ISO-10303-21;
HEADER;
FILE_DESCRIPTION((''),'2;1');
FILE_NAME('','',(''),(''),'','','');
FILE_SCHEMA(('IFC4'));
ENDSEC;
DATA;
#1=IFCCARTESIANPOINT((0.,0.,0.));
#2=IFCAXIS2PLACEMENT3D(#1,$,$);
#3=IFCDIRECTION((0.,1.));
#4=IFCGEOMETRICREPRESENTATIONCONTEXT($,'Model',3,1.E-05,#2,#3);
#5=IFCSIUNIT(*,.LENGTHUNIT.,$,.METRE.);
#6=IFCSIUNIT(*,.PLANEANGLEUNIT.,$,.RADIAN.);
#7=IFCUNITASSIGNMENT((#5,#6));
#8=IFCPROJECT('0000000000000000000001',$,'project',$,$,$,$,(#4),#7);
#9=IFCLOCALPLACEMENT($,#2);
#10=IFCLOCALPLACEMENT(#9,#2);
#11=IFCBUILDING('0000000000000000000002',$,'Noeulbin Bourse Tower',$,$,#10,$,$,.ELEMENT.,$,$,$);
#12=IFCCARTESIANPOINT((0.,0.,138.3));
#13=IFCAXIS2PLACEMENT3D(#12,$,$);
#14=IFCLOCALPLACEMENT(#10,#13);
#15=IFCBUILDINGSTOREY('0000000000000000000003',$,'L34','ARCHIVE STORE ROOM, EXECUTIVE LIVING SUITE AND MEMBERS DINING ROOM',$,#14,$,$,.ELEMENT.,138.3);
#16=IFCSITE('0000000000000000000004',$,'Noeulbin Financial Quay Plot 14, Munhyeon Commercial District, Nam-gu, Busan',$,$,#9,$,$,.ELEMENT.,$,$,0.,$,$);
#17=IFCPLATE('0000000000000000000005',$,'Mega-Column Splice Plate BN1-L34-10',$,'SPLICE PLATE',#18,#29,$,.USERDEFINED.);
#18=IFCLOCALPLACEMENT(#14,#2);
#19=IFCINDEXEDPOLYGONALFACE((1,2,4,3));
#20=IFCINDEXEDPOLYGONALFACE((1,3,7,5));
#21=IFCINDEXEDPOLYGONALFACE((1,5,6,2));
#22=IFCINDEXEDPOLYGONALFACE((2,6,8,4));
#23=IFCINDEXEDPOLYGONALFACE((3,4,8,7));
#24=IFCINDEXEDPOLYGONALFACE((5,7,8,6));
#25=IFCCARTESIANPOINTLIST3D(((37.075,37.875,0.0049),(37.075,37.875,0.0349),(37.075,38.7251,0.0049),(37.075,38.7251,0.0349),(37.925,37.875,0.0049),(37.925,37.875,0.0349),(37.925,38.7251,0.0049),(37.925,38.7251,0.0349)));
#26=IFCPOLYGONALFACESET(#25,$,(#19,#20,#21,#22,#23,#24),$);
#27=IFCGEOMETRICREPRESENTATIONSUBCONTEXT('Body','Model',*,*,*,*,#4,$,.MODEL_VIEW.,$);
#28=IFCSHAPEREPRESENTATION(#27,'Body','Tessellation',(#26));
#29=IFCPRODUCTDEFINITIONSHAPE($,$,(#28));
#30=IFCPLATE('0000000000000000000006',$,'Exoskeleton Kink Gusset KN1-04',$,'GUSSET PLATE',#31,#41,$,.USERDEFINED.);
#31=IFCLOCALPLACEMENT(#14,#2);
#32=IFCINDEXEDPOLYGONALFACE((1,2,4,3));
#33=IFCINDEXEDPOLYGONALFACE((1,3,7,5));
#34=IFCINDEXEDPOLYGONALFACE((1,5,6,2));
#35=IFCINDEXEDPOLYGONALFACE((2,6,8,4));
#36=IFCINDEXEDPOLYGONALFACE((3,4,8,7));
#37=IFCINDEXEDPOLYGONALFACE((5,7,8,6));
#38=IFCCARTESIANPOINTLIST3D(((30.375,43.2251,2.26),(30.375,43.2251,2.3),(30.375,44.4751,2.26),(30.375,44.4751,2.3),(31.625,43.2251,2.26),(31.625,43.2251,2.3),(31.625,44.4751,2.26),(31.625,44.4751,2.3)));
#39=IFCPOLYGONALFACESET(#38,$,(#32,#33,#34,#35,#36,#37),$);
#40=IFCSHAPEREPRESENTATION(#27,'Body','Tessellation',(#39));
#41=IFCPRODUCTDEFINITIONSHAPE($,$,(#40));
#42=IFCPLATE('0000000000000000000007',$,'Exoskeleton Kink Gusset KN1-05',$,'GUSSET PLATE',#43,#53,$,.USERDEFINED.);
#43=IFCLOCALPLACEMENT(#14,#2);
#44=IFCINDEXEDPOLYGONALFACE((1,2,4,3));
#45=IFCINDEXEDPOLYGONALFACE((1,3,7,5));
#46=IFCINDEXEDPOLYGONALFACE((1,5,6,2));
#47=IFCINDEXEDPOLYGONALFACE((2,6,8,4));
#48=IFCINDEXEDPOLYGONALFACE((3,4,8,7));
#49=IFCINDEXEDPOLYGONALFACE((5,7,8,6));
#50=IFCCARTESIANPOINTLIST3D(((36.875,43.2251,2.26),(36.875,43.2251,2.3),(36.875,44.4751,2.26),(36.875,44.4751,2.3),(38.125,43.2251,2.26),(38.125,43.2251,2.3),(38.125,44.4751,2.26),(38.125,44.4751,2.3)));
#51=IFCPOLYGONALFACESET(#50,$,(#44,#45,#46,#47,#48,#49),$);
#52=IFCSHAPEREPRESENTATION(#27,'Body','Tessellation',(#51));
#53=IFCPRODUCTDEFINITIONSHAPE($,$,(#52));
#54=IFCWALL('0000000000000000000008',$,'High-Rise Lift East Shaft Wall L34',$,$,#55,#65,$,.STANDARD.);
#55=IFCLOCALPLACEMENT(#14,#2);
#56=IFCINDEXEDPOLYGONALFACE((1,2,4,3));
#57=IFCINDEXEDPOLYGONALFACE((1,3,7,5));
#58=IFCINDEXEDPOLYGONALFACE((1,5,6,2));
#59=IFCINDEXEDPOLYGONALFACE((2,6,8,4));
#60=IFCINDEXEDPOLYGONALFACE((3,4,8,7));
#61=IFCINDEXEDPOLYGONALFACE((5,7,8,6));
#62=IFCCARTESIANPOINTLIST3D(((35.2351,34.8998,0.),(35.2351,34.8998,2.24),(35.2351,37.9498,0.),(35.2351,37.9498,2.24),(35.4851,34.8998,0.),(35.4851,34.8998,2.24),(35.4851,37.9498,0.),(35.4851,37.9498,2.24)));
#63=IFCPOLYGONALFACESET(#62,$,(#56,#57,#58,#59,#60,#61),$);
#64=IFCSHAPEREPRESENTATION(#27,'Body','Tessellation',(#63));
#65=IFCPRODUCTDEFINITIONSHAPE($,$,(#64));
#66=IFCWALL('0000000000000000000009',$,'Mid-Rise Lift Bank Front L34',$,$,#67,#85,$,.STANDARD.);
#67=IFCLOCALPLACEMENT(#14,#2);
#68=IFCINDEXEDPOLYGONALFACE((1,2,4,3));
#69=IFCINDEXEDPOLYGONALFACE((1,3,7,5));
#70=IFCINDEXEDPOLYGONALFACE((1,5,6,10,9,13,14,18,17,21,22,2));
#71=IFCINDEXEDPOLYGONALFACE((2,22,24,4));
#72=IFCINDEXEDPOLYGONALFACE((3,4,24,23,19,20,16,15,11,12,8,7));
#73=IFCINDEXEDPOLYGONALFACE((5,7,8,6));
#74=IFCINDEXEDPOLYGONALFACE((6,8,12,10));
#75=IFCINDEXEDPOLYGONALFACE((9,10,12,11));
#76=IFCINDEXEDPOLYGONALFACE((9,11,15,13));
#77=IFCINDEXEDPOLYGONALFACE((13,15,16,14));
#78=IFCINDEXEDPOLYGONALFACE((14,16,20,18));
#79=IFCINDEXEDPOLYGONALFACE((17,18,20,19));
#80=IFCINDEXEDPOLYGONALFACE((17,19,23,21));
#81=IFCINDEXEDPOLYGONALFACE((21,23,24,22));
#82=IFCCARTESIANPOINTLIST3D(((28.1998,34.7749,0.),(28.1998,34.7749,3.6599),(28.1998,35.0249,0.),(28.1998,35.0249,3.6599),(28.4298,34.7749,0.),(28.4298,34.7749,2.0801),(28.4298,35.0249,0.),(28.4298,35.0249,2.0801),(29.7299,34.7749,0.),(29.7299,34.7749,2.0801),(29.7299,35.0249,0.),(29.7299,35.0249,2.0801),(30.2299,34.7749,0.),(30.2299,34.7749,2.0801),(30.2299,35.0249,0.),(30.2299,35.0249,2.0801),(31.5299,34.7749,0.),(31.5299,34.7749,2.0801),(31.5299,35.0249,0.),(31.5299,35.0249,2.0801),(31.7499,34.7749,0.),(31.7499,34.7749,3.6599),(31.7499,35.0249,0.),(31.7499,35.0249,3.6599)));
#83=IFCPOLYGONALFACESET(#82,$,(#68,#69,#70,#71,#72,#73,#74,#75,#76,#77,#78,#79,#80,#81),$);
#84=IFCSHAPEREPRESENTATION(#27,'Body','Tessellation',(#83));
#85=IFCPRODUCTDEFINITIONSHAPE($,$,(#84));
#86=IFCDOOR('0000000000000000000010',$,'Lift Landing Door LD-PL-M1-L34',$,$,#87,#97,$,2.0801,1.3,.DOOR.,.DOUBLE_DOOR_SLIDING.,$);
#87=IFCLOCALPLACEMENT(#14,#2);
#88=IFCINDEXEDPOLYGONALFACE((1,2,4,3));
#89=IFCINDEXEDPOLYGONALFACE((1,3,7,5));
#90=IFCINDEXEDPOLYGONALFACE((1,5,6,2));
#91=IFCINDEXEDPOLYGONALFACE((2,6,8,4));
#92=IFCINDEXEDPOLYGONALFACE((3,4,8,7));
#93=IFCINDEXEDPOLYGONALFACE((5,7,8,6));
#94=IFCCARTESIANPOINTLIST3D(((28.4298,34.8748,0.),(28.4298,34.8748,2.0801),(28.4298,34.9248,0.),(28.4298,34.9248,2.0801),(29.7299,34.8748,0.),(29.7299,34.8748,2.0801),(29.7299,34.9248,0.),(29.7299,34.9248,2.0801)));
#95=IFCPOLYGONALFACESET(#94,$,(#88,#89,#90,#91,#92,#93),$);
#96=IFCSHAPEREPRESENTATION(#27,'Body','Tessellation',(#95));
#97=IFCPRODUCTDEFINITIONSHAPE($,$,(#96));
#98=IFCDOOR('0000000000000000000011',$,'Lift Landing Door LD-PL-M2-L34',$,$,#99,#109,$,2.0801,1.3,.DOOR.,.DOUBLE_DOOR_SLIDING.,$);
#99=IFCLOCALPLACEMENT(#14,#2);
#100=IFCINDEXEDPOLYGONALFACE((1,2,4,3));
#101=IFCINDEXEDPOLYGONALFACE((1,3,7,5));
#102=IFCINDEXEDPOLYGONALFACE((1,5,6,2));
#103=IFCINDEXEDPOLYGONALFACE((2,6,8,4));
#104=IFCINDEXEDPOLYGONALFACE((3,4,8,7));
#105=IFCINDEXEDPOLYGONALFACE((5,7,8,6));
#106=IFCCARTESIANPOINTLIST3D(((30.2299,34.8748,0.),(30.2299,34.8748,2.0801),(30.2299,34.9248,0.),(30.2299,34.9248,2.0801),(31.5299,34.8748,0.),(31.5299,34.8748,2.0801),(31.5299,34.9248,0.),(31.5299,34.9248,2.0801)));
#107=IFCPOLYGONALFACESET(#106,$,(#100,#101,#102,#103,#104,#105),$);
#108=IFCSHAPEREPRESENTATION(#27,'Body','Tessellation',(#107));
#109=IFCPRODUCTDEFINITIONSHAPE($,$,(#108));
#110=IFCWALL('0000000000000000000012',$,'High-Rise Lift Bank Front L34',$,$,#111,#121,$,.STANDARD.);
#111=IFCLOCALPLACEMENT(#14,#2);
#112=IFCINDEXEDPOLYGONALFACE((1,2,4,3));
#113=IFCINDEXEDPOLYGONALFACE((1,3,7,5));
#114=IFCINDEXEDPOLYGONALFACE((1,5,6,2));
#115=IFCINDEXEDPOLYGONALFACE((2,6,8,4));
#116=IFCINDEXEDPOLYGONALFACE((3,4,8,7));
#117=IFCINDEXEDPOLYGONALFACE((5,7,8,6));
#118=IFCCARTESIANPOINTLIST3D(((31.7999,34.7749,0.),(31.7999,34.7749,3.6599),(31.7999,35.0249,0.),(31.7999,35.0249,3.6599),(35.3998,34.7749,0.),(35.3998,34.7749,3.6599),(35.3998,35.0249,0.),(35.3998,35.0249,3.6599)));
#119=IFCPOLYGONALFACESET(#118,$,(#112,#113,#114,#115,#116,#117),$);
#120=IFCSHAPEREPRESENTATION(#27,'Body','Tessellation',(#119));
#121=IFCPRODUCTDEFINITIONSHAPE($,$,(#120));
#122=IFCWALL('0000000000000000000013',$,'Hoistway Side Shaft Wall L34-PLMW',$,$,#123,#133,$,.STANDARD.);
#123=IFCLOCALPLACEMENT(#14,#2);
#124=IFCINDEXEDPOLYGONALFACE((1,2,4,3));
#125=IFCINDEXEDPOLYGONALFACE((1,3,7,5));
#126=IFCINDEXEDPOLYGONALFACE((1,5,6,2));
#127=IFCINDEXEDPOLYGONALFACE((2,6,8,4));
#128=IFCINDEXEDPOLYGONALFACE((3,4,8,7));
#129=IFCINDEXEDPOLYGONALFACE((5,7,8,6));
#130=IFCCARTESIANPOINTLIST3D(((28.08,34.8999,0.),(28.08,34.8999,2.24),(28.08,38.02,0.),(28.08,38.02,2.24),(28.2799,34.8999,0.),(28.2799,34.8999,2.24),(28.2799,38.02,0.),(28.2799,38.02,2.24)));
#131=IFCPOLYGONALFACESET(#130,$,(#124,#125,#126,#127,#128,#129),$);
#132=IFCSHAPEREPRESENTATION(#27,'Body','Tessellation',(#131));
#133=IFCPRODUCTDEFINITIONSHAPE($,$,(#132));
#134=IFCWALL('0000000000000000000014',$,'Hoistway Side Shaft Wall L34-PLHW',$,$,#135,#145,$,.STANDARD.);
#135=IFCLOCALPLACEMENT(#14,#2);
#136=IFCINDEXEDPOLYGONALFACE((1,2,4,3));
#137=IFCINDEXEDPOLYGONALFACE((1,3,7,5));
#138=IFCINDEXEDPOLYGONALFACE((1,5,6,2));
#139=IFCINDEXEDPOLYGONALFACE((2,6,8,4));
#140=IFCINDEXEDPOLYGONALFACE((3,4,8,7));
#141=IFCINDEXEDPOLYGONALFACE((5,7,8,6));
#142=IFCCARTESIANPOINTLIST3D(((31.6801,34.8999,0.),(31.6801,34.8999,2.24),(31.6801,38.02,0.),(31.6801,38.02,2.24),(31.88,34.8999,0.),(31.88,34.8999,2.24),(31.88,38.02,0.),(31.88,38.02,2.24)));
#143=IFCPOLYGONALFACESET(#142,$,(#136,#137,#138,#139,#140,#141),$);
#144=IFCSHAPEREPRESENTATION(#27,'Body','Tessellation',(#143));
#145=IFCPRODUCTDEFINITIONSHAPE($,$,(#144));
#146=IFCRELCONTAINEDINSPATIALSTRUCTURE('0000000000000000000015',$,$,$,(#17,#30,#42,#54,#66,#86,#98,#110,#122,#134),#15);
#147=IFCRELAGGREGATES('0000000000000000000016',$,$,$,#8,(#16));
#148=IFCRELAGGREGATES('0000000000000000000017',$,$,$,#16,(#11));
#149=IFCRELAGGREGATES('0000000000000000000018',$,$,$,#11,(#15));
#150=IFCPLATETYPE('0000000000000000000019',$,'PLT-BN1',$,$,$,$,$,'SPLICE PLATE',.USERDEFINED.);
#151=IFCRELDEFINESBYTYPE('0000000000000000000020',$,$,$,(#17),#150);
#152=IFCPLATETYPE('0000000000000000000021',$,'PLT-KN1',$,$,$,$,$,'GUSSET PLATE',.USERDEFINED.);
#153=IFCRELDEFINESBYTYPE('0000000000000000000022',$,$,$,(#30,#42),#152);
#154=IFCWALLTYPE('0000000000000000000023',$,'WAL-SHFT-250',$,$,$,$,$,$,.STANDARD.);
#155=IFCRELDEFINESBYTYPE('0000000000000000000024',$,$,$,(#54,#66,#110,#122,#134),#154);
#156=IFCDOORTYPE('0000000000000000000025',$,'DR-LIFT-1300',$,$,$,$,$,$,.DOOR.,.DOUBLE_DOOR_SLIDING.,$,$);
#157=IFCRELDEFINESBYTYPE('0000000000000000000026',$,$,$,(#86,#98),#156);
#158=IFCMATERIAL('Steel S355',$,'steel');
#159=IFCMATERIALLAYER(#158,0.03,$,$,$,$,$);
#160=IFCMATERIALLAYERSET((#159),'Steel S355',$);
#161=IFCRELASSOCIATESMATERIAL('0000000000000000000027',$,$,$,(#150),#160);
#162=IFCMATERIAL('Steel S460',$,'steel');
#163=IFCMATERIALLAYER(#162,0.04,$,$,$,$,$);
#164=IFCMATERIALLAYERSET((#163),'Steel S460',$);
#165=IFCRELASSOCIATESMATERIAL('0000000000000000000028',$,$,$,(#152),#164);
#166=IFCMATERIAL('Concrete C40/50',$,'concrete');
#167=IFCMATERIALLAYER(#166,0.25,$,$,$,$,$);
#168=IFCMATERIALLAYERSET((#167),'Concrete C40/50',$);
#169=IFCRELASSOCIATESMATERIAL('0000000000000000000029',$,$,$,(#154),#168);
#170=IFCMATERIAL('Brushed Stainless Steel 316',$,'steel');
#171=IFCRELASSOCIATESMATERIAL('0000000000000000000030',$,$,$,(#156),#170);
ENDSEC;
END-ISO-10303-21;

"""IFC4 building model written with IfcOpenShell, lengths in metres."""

from ifc_helpers import new_model, si_unit, direction, frame, frame_2d, origin, origin_2d, place, context, subcontext, project, spatial, rectangle, extrude, material, layer, layer_set, type_object, element, fill, save


model = new_model("IFC4")

# Units and contexts
model_context = context("Model", 3, precision=1e-05, world=origin(), true_north=direction((0.0, 1.0)))
body_context = subcontext(model_context, "Body", "Model", "MODEL_VIEW")
ifc_project = project(units=[si_unit("LENGTHUNIT", "METRE"), si_unit("PLANEANGLEUNIT", "RADIAN")], contexts=[model_context])

# Site, building, storey
site_placement = place(None, origin())
site = spatial("IfcSite", under=ifc_project, at=site_placement, Name="Noeulbin Financial Quay Plot 14, Munhyeon Commercial District, Nam-gu, Busan", CompositionType="ELEMENT", RefElevation=0.0)
building_placement = place(site_placement, origin())
building = spatial("IfcBuilding", under=site, at=building_placement, Name="Noeulbin Bourse Tower", CompositionType="ELEMENT")
storey_placement = place(building_placement, frame((0.0, 0.0, 138.3)))
storey = spatial("IfcBuildingStorey", under=building, at=storey_placement, Name="L34", Description="ARCHIVE STORE ROOM, EXECUTIVE LIVING SUITE AND MEMBERS DINING ROOM", CompositionType="ELEMENT", Elevation=138.3)

# Shared definitions
ifc_material_1 = material(Name="Steel S355", Category="steel")
ifc_material_2 = material(Name="Steel S460", Category="steel")

# Plates
ifc_layer_1 = layer(ifc_material_1, 0.03)
ifc_layer_set_1 = layer_set([ifc_layer_1], Name="Steel S355")
plate_type_1 = type_object("IfcPlateType", Name="PLT-BN1", ElementType="SPLICE PLATE", PredefinedType="USERDEFINED", material=ifc_layer_set_1)
for number, where, z_axis, x_axis, name in (
    (1, (37.5, 38.3, 0.0049), (0.0, 0.0, 1.0), (1.0, 0.0, 0.0), "Mega-Column Splice Plate BN1-L34-10"),
):
    element("IfcPlate", number, at=place(storey_placement, frame(where, z_axis=z_axis, x_axis=x_axis)), inside=storey, type_object=plate_type_1, Name=name, ObjectType="SPLICE PLATE", PredefinedType="USERDEFINED", context=body_context, shape_type="SweptSolid", body=[
        extrude(rectangle(XDim=0.8501, YDim=0.8501, at=origin_2d()), origin(), (0.0, 0.0, 1.0), 0.03),
    ])
ifc_layer_2 = layer(ifc_material_2, 0.04)
ifc_layer_set_2 = layer_set([ifc_layer_2], Name="Steel S460")
plate_type_2 = type_object("IfcPlateType", Name="PLT-KN1", ElementType="GUSSET PLATE", PredefinedType="USERDEFINED", material=ifc_layer_set_2)
for number, where, z_axis, x_axis, name in (
    (2, (31.0, 43.8501, 2.26), (0.0, 0.0, 1.0), (1.0, 0.0, 0.0), "Exoskeleton Kink Gusset KN1-04"),
    (3, (37.5, 43.8501, 2.26), (0.0, 0.0, 1.0), (1.0, 0.0, 0.0), "Exoskeleton Kink Gusset KN1-05"),
):
    element("IfcPlate", number, at=place(storey_placement, frame(where, z_axis=z_axis, x_axis=x_axis)), inside=storey, type_object=plate_type_2, Name=name, ObjectType="GUSSET PLATE", PredefinedType="USERDEFINED", context=body_context, shape_type="SweptSolid", body=[
        extrude(rectangle(XDim=1.25, YDim=1.25, at=origin_2d()), origin(), (0.0, 0.0, 1.0), 0.04),
    ])

# Wall
ifc_material_3 = material(Name="Concrete C40/50", Category="concrete")
ifc_layer_3 = layer(ifc_material_3, 0.25)
ifc_layer_set_3 = layer_set([ifc_layer_3], Name="Concrete C40/50")
wall_type = type_object("IfcWallType", Name="WAL-SHFT-250", PredefinedType="STANDARD", material=ifc_layer_set_3)
wall_1_placement = place(storey_placement, frame((35.3601, 34.8999, 0.0), z_axis=(0.0, 0.0, 1.0), x_axis=(0.0, 1.0, 0.0)))
element("IfcWall", 4, at=wall_1_placement, inside=storey, type_object=wall_type, Name="High-Rise Lift East Shaft Wall L34", PredefinedType="STANDARD", context=body_context, shape_type="SweptSolid", body=[
    extrude(rectangle(XDim=3.05, YDim=0.25, at=frame_2d((1.5249, 0.0))), origin(), (0.0, 0.0, 1.0), 2.24),
])

# Wall, openings, doors
wall_2_placement = place(storey_placement, frame((28.2, 34.8999, 0.0), z_axis=(0.0, 0.0, 1.0), x_axis=(1.0, 0.0, 0.0)))
wall_2 = element("IfcWall", 5, at=wall_2_placement, inside=storey, type_object=wall_type, Name="Mid-Rise Lift Bank Front L34", PredefinedType="STANDARD", context=body_context, shape_type="SweptSolid", body=[
    extrude(rectangle(XDim=3.55, YDim=0.25, at=frame_2d((1.7749, 0.0))), origin(), (0.0, 0.0, 1.0), 3.6599),
])
opening_1_placement = place(wall_2_placement, frame((0.23, 0.0, 0.0)))
opening_1 = element("IfcOpeningElement", 6, at=opening_1_placement, cuts=wall_2, PredefinedType="OPENING", context=body_context, shape_type="SweptSolid", body=[
    extrude(rectangle(XDim=1.3, YDim=2.0801, at=frame_2d((0.6499, 1.04))), frame((0.0, 0.135, 0.0), z_axis=(0.0, -1.0, 0.0), x_axis=(1.0, 0.0, 0.0)), (0.0, 0.0, 1.0), 0.27),
])
opening_2_placement = place(wall_2_placement, frame((2.03, 0.0, 0.0)))
opening_2 = element("IfcOpeningElement", 7, at=opening_2_placement, cuts=wall_2, PredefinedType="OPENING", context=body_context, shape_type="SweptSolid", body=[
    extrude(rectangle(XDim=1.3, YDim=2.0801, at=frame_2d((0.6499, 1.04))), frame((0.0, 0.135, 0.0), z_axis=(0.0, -1.0, 0.0), x_axis=(1.0, 0.0, 0.0)), (0.0, 0.0, 1.0), 0.27),
])
ifc_material_4 = material(Name="Brushed Stainless Steel 316", Category="steel")
door_type = type_object("IfcDoorType", Name="DR-LIFT-1300", OperationType="DOUBLE_DOOR_SLIDING", PredefinedType="DOOR", material=ifc_material_4)
door_1_placement = place(opening_1_placement, origin())
door_1 = element("IfcDoor", 8, at=door_1_placement, inside=storey, type_object=door_type, Name="Lift Landing Door LD-PL-M1-L34", OperationType="DOUBLE_DOOR_SLIDING", OverallHeight=2.0801, OverallWidth=1.3, PredefinedType="DOOR", context=body_context, shape_type="SweptSolid", body=[
    extrude(rectangle(XDim=1.3, YDim=2.0801, at=frame_2d((0.6499, 1.04))), frame((0.0, 0.0249, 0.0), z_axis=(0.0, -1.0, 0.0), x_axis=(1.0, 0.0, 0.0)), (0.0, 0.0, 1.0), 0.05),
])
fill(opening_1, door_1)
door_2_placement = place(opening_2_placement, origin())
door_2 = element("IfcDoor", 9, at=door_2_placement, inside=storey, type_object=door_type, Name="Lift Landing Door LD-PL-M2-L34", OperationType="DOUBLE_DOOR_SLIDING", OverallHeight=2.0801, OverallWidth=1.3, PredefinedType="DOOR", context=body_context, shape_type="SweptSolid", body=[
    extrude(rectangle(XDim=1.3, YDim=2.0801, at=frame_2d((0.6499, 1.04))), frame((0.0, 0.0249, 0.0), z_axis=(0.0, -1.0, 0.0), x_axis=(1.0, 0.0, 0.0)), (0.0, 0.0, 1.0), 0.05),
])
fill(opening_2, door_2)

# Walls
wall_3_placement = place(storey_placement, frame((31.8, 34.8999, 0.0), z_axis=(0.0, 0.0, 1.0), x_axis=(1.0, 0.0, 0.0)))
element("IfcWall", 10, at=wall_3_placement, inside=storey, type_object=wall_type, Name="High-Rise Lift Bank Front L34", PredefinedType="STANDARD", context=body_context, shape_type="SweptSolid", body=[
    extrude(rectangle(XDim=3.5999, YDim=0.25, at=frame_2d((1.7998, 0.0))), origin(), (0.0, 0.0, 1.0), 3.6599),
])
for number, where, z_axis, x_axis, name in (
    (11, (28.1799, 34.8999, 0.0), (0.0, 0.0, 1.0), (0.0, 1.0, 0.0), "Hoistway Side Shaft Wall L34-PLMW"),
    (12, (31.78, 34.8999, 0.0), (0.0, 0.0, 1.0), (0.0, 1.0, 0.0), "Hoistway Side Shaft Wall L34-PLHW"),
):
    element("IfcWall", number, at=place(storey_placement, frame(where, z_axis=z_axis, x_axis=x_axis)), inside=storey, type_object=wall_type, Name=name, PredefinedType="STANDARD", context=body_context, shape_type="SweptSolid", body=[
        extrude(rectangle(XDim=3.1201, YDim=0.2, at=frame_2d((1.5601, 0.0))), origin(), (0.0, 0.0, 1.0), 2.24),
    ])

save(model, "model.ifc")
